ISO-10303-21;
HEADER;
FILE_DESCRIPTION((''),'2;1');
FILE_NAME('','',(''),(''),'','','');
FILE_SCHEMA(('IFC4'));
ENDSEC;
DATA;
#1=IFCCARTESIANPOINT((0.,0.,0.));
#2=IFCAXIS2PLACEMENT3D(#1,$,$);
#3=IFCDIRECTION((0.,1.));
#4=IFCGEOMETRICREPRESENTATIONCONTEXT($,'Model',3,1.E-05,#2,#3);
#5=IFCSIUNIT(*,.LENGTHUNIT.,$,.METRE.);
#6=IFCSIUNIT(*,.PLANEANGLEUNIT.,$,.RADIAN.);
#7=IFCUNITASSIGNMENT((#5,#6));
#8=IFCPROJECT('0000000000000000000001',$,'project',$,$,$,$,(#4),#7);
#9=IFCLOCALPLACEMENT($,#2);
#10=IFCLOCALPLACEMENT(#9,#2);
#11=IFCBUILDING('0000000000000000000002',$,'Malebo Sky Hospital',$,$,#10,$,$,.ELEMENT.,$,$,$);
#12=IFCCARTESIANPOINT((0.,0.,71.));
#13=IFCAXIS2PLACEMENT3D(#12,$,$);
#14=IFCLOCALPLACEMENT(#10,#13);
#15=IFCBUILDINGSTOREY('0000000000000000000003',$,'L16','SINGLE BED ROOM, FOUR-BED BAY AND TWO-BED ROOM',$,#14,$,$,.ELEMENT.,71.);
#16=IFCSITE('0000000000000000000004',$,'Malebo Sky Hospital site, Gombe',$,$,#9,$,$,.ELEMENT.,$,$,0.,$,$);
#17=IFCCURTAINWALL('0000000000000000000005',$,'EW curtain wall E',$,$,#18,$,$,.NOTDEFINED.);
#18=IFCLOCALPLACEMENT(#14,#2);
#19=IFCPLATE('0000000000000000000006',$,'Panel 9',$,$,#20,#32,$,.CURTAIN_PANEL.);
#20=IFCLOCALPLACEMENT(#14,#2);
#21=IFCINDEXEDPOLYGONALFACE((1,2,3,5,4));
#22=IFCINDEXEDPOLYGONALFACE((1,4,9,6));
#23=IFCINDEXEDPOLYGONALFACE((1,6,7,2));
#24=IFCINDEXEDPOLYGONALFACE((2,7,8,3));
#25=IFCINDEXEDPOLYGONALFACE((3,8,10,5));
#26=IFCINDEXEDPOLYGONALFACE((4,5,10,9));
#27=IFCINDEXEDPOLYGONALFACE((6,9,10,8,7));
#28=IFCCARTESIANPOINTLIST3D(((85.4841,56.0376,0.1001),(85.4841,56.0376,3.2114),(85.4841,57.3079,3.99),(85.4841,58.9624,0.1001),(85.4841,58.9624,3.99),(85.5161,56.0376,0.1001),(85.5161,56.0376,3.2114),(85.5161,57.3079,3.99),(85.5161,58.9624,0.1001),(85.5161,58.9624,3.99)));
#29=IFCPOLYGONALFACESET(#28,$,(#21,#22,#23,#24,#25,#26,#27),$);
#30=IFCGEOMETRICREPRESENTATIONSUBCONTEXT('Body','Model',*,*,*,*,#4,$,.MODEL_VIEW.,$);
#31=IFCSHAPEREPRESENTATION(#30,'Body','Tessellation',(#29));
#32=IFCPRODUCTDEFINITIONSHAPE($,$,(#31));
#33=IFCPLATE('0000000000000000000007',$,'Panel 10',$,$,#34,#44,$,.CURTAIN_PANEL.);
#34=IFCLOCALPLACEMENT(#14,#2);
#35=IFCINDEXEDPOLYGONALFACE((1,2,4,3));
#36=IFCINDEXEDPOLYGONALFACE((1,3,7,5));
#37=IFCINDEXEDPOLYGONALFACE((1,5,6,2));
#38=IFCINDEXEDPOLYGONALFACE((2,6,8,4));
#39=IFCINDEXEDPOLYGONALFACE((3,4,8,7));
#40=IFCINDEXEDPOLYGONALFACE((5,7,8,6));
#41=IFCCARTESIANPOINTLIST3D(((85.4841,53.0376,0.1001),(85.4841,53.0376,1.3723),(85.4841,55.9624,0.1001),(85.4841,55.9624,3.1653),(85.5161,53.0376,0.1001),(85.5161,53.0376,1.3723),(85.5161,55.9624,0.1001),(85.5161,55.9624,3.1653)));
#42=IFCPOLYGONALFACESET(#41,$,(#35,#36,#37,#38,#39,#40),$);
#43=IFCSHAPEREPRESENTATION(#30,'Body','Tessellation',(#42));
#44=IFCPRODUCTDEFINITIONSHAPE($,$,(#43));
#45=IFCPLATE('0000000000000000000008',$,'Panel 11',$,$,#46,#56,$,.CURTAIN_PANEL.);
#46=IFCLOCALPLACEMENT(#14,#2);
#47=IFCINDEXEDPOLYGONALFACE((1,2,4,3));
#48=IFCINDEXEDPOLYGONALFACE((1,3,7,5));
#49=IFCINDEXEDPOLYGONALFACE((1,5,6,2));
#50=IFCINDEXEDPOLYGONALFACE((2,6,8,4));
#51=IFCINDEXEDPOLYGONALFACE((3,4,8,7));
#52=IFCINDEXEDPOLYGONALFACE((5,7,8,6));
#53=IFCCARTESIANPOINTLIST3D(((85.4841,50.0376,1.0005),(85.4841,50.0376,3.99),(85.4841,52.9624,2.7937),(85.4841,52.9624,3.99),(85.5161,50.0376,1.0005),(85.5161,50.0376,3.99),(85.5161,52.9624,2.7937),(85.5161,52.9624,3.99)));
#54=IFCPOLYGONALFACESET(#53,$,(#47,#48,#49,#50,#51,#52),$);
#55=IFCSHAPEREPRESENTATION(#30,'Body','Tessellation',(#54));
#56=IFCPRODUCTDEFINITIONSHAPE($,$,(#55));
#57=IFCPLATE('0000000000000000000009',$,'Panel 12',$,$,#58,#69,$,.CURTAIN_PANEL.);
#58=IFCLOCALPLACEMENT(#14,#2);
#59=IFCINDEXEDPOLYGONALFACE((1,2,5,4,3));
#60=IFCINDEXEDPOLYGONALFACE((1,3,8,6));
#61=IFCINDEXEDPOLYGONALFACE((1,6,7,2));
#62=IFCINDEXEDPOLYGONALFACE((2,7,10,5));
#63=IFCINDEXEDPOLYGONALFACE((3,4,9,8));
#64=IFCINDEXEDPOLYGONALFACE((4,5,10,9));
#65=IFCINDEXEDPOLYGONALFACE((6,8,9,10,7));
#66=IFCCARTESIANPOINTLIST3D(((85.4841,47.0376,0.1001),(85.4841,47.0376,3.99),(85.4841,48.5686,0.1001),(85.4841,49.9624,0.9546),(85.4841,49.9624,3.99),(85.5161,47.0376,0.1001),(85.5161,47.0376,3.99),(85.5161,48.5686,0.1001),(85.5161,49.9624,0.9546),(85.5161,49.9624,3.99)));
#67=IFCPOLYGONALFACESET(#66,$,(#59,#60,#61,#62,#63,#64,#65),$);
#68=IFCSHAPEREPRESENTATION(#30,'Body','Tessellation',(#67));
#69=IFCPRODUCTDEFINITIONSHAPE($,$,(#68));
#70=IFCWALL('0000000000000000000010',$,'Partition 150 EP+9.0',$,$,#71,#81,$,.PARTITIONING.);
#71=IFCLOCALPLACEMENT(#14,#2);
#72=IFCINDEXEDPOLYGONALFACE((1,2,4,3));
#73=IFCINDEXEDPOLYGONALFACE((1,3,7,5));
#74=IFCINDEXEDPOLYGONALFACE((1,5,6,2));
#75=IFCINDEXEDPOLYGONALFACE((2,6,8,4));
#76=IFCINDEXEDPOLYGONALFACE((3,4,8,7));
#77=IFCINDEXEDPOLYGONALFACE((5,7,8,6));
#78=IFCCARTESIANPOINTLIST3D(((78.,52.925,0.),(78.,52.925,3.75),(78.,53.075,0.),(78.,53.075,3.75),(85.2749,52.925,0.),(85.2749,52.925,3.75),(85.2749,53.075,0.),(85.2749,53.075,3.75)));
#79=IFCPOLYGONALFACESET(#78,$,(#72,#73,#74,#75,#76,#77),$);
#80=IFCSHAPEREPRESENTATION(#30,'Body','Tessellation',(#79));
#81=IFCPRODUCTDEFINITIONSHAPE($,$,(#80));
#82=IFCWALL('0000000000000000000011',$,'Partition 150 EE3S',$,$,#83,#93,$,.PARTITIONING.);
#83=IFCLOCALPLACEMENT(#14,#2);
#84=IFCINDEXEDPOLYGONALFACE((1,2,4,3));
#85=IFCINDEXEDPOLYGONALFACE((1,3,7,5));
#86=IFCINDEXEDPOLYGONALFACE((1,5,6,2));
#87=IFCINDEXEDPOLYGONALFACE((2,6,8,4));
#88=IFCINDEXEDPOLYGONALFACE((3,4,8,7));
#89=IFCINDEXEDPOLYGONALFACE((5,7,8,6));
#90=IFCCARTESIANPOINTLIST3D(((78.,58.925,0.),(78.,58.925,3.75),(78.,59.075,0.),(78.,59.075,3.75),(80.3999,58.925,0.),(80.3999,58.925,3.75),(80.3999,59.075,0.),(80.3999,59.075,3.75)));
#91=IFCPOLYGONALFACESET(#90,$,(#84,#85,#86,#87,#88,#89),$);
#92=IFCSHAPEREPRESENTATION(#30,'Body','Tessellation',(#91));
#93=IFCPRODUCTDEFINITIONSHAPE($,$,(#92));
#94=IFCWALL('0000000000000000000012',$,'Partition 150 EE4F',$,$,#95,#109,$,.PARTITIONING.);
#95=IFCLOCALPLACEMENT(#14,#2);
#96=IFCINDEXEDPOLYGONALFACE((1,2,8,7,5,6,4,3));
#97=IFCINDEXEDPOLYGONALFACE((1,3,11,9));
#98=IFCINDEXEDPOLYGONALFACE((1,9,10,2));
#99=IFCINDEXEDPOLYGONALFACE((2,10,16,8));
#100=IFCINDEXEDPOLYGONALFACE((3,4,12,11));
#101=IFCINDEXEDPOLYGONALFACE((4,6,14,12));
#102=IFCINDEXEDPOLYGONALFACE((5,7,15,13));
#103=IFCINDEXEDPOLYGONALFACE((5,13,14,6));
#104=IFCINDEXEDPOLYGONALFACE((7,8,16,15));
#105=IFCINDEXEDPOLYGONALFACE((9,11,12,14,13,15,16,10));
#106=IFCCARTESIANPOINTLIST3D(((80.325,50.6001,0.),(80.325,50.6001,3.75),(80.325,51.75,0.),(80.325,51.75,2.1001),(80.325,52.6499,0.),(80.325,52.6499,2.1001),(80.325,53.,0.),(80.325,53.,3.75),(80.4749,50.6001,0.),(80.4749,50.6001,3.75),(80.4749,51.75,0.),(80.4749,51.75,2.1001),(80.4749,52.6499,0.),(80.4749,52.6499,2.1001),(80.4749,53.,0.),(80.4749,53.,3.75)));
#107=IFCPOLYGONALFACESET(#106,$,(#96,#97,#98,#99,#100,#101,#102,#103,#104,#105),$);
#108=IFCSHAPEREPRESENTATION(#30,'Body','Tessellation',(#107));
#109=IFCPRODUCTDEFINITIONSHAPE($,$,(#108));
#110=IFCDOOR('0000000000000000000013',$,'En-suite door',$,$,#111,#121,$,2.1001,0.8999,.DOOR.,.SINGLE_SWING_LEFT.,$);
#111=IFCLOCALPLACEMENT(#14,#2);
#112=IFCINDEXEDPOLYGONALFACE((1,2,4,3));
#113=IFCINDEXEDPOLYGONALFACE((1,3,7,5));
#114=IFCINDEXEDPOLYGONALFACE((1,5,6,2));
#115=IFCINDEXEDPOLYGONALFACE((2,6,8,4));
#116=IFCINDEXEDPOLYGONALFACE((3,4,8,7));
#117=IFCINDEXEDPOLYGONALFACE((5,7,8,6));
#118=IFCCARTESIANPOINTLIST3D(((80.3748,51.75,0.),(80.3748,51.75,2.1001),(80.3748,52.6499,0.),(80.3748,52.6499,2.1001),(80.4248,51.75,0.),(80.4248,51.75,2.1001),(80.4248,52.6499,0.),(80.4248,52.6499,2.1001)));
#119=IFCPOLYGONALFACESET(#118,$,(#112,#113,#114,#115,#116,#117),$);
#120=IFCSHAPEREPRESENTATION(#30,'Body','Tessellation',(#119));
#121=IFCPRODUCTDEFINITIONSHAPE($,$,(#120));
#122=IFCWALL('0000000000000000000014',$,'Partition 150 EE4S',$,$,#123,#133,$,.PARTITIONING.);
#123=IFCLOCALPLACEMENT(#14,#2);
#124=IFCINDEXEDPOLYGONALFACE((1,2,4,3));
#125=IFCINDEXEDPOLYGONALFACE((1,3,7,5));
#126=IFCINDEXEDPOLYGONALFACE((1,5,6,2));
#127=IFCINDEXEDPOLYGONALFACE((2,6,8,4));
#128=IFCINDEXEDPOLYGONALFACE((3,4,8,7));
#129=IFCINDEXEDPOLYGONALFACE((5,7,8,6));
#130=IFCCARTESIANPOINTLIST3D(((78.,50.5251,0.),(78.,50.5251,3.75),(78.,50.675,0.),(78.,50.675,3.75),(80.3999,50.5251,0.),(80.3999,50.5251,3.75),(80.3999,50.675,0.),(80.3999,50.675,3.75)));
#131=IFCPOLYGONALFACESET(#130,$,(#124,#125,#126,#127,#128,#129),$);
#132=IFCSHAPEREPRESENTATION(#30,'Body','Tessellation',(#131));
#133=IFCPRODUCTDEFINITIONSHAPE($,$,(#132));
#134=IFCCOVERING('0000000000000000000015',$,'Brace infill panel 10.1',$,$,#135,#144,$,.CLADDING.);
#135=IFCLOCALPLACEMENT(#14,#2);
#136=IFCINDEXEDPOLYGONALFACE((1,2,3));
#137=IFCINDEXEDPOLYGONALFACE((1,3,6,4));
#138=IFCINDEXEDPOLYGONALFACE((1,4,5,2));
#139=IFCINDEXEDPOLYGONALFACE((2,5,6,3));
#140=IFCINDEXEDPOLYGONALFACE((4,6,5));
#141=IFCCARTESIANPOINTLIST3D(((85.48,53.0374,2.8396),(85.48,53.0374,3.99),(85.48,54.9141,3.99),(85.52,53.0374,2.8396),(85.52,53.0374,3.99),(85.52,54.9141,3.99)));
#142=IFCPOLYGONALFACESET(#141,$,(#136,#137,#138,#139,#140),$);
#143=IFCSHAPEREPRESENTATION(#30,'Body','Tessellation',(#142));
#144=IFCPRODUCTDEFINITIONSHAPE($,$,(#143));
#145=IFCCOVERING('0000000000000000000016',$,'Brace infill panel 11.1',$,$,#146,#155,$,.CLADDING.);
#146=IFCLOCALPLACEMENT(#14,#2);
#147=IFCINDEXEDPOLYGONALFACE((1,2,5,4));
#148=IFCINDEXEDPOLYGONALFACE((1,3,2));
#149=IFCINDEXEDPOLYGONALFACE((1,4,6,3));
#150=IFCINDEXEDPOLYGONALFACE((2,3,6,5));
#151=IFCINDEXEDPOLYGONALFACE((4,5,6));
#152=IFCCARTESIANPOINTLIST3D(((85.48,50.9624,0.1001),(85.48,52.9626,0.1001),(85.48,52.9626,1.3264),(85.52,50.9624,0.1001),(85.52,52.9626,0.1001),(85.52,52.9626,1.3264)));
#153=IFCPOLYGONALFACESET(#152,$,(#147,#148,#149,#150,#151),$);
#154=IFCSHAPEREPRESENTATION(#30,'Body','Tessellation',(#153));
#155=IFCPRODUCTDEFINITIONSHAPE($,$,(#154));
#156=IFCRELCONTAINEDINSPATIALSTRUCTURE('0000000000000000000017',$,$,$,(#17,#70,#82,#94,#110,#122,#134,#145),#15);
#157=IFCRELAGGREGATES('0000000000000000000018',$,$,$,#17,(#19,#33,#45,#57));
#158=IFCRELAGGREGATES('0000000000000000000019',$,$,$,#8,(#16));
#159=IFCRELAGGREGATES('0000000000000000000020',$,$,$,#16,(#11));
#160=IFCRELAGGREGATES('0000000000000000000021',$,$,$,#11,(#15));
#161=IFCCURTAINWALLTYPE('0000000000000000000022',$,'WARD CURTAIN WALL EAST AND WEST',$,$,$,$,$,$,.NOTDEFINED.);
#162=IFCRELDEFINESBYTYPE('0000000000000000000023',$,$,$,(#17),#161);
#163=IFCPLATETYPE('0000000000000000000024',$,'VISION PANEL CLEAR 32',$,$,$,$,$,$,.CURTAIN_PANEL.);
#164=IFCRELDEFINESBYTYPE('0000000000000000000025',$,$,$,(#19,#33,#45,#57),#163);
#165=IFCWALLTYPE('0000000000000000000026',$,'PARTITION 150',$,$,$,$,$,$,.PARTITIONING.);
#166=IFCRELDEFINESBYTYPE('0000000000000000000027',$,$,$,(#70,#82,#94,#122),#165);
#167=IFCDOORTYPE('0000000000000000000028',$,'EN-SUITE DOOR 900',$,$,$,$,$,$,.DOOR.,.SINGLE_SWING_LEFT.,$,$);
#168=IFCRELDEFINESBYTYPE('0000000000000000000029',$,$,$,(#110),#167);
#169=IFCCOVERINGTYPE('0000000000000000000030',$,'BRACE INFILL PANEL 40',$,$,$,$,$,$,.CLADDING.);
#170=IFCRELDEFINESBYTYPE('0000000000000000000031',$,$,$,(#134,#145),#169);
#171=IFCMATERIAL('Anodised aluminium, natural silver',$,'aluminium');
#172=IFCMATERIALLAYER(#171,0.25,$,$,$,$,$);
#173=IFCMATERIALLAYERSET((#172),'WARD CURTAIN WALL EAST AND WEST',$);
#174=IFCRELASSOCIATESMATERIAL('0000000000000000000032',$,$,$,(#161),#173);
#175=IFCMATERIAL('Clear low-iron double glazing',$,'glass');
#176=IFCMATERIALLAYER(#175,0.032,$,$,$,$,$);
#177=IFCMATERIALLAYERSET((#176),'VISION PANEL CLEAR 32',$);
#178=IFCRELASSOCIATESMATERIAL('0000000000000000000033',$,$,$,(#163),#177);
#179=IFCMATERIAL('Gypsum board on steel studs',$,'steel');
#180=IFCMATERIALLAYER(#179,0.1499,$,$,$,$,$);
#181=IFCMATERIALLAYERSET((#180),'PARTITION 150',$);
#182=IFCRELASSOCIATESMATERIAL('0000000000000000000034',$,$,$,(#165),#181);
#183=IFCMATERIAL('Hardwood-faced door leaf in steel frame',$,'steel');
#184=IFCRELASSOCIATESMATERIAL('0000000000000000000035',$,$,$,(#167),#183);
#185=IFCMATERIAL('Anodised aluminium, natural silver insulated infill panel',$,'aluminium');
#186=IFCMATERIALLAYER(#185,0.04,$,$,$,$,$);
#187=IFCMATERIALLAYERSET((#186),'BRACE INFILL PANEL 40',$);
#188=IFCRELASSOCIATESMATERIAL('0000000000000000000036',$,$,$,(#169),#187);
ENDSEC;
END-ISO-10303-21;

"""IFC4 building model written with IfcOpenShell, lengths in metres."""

from ifc_helpers import new_model, si_unit, direction, frame, frame_2d, origin, place, context, subcontext, project, spatial, polyline, rectangle, outline, extrude, material, layer, layer_set, type_object, element, fill, aggregate, save


model = new_model("IFC4")

# Units and contexts
model_context = context("Model", 3, precision=1e-05, world=origin(), true_north=direction((0.0, 1.0)))
body_context = subcontext(model_context, "Body", "Model", "MODEL_VIEW")
ifc_project = project(units=[si_unit("LENGTHUNIT", "METRE"), si_unit("PLANEANGLEUNIT", "RADIAN")], contexts=[model_context])

# Site, building, storey
site_placement = place(None, origin())
site = spatial("IfcSite", under=ifc_project, at=site_placement, Name="Malebo Sky Hospital site, Gombe", CompositionType="ELEMENT", RefElevation=0.0)
building_placement = place(site_placement, origin())
building = spatial("IfcBuilding", under=site, at=building_placement, Name="Malebo Sky Hospital", CompositionType="ELEMENT")
storey_placement = place(building_placement, frame((0.0, 0.0, 71.0)))
storey = spatial("IfcBuildingStorey", under=building, at=storey_placement, Name="L16", Description="SINGLE BED ROOM, FOUR-BED BAY AND TWO-BED ROOM", CompositionType="ELEMENT", Elevation=71.0)

# Curtain wall
ifc_material_1 = material(Name="Anodised aluminium, natural silver", Category="aluminium")
ifc_layer_1 = layer(ifc_material_1, 0.25)
ifc_layer_set_1 = layer_set([ifc_layer_1], Name="WARD CURTAIN WALL EAST AND WEST")
curtain_wall_type = type_object("IfcCurtainWallType", Name="WARD CURTAIN WALL EAST AND WEST", PredefinedType="NOTDEFINED", material=ifc_layer_set_1)
curtain_wall_placement = place(storey_placement, origin())
curtain_wall = element("IfcCurtainWall", 1, at=curtain_wall_placement, inside=storey, type_object=curtain_wall_type, Name="EW curtain wall E", PredefinedType="NOTDEFINED")

# Plates
ifc_material_2 = material(Name="Clear low-iron double glazing", Category="glass")
ifc_layer_2 = layer(ifc_material_2, 0.032)
ifc_layer_set_2 = layer_set([ifc_layer_2], Name="VISION PANEL CLEAR 32")
plate_type = type_object("IfcPlateType", Name="VISION PANEL CLEAR 32", PredefinedType="CURTAIN_PANEL", material=ifc_layer_set_2)
plate_1_placement = place(storey_placement, frame((85.5, 57.5, 0.1001), z_axis=(0.0, 0.0, 1.0), x_axis=(0.0, -1.0, 0.0)))
plate_1 = element("IfcPlate", 2, at=plate_1_placement, type_object=plate_type, Name="Panel 9", PredefinedType="CURTAIN_PANEL", context=body_context, shape_type="SweptSolid", body=[
    extrude(outline(polyline([(-1.4624, 0.0), (1.4624, 0.0), (1.4624, 3.1113), (0.1921, 3.8899), (-1.4624, 3.8899), (-1.4624, 0.0)])), frame((0.0, 0.0161, 0.0), z_axis=(0.0, -1.0, 0.0), x_axis=(1.0, 0.0, 0.0)), (0.0, 0.0, 1.0), 0.032),
])
plate_2_placement = place(storey_placement, frame((85.5, 54.5, 0.1001), z_axis=(0.0, 0.0, 1.0), x_axis=(0.0, -1.0, 0.0)))
plate_2 = element("IfcPlate", 3, at=plate_2_placement, type_object=plate_type, Name="Panel 10", PredefinedType="CURTAIN_PANEL", context=body_context, shape_type="SweptSolid", body=[
    extrude(outline(polyline([(-1.4624, 0.0), (1.4624, 0.0), (1.4624, 1.2722), (-1.4624, 3.0652), (-1.4624, 0.0)])), frame((0.0, 0.0161, 0.0), z_axis=(0.0, -1.0, 0.0), x_axis=(1.0, 0.0, 0.0)), (0.0, 0.0, 1.0), 0.032),
])
plate_3_placement = place(storey_placement, frame((85.5, 51.5, 1.0005), z_axis=(0.0, 0.0, 1.0), x_axis=(0.0, -1.0, 0.0)))
plate_3 = element("IfcPlate", 4, at=plate_3_placement, type_object=plate_type, Name="Panel 11", PredefinedType="CURTAIN_PANEL", context=body_context, shape_type="SweptSolid", body=[
    extrude(outline(polyline([(1.4624, 0.0), (1.4624, 2.9895), (-1.4624, 2.9895), (-1.4624, 1.7932), (1.4624, 0.0)])), frame((0.0, 0.0161, 0.0), z_axis=(0.0, -1.0, 0.0), x_axis=(1.0, 0.0, 0.0)), (0.0, 0.0, 1.0), 0.032),
])
plate_4_placement = place(storey_placement, frame((85.5, 48.5, 0.1001), z_axis=(0.0, 0.0, 1.0), x_axis=(0.0, -1.0, 0.0)))
plate_4 = element("IfcPlate", 5, at=plate_4_placement, type_object=plate_type, Name="Panel 12", PredefinedType="CURTAIN_PANEL", context=body_context, shape_type="SweptSolid", body=[
    extrude(outline(polyline([(-0.0686, 0.0), (1.4624, 0.0), (1.4624, 3.8899), (-1.4624, 3.8899), (-1.4624, 0.8545), (-0.0686, 0.0)])), frame((0.0, 0.0161, 0.0), z_axis=(0.0, -1.0, 0.0), x_axis=(1.0, 0.0, 0.0)), (0.0, 0.0, 1.0), 0.032),
])
aggregate(curtain_wall, [plate_1, plate_2, plate_3, plate_4])

# Walls
ifc_material_3 = material(Name="Gypsum board on steel studs", Category="steel")
ifc_layer_3 = layer(ifc_material_3, 0.1499)
ifc_layer_set_3 = layer_set([ifc_layer_3], Name="PARTITION 150")
wall_type = type_object("IfcWallType", Name="PARTITION 150", PredefinedType="PARTITIONING", material=ifc_layer_set_3)
wall_1_placement = place(storey_placement, frame((78.0, 53.0, 0.0), z_axis=(0.0, 0.0, 1.0), x_axis=(1.0, 0.0, 0.0)))
element("IfcWall", 6, at=wall_1_placement, inside=storey, type_object=wall_type, Name="Partition 150 EP+9.0", PredefinedType="PARTITIONING", context=body_context, shape_type="SweptSolid", body=[
    extrude(rectangle(XDim=7.2749, YDim=0.1499, at=frame_2d((3.6375, 0.0))), origin(), (0.0, 0.0, 1.0), 3.75),
])
wall_2_placement = place(storey_placement, frame((78.0, 59.0, 0.0), z_axis=(0.0, 0.0, 1.0), x_axis=(1.0, 0.0, 0.0)))
element("IfcWall", 7, at=wall_2_placement, inside=storey, type_object=wall_type, Name="Partition 150 EE3S", PredefinedType="PARTITIONING", context=body_context, shape_type="SweptSolid", body=[
    extrude(rectangle(XDim=2.3999, YDim=0.1499, at=frame_2d((1.2, 0.0))), origin(), (0.0, 0.0, 1.0), 3.75),
])

# Wall, opening, door
wall_3_placement = place(storey_placement, frame((80.3999, 53.0, 0.0), z_axis=(0.0, 0.0, 1.0), x_axis=(0.0, -1.0, 0.0)))
wall_3 = element("IfcWall", 8, at=wall_3_placement, inside=storey, type_object=wall_type, Name="Partition 150 EE4F", PredefinedType="PARTITIONING", context=body_context, shape_type="SweptSolid", body=[
    extrude(rectangle(XDim=2.3999, YDim=0.1499, at=frame_2d((1.2, 0.0))), origin(), (0.0, 0.0, 1.0), 3.75),
])
opening_placement = place(wall_3_placement, frame((0.3501, 0.0, 0.0)))
opening = element("IfcOpeningElement", 9, at=opening_placement, cuts=wall_3, PredefinedType="OPENING", context=body_context, shape_type="SweptSolid", body=[
    extrude(rectangle(XDim=0.8999, YDim=2.1001, at=frame_2d((0.45, 1.05))), frame((0.0, 0.085, 0.0), z_axis=(0.0, -1.0, 0.0), x_axis=(1.0, 0.0, 0.0)), (0.0, 0.0, 1.0), 0.1699),
])
ifc_material_4 = material(Name="Hardwood-faced door leaf in steel frame", Category="steel")
door_type = type_object("IfcDoorType", Name="EN-SUITE DOOR 900", OperationType="SINGLE_SWING_LEFT", PredefinedType="DOOR", material=ifc_material_4)
door_placement = place(opening_placement, origin())
door = element("IfcDoor", 10, at=door_placement, inside=storey, type_object=door_type, Name="En-suite door", OperationType="SINGLE_SWING_LEFT", OverallHeight=2.1001, OverallWidth=0.8999, PredefinedType="DOOR", context=body_context, shape_type="SweptSolid", body=[
    extrude(rectangle(XDim=0.8999, YDim=2.1001, at=frame_2d((0.45, 1.05))), frame((0.0, 0.0249, 0.0), z_axis=(0.0, -1.0, 0.0), x_axis=(1.0, 0.0, 0.0)), (0.0, 0.0, 1.0), 0.05),
])
fill(opening, door)

# Wall
wall_4_placement = place(storey_placement, frame((78.0, 50.6001, 0.0), z_axis=(0.0, 0.0, 1.0), x_axis=(1.0, 0.0, 0.0)))
element("IfcWall", 11, at=wall_4_placement, inside=storey, type_object=wall_type, Name="Partition 150 EE4S", PredefinedType="PARTITIONING", context=body_context, shape_type="SweptSolid", body=[
    extrude(rectangle(XDim=2.3999, YDim=0.1499, at=frame_2d((1.2, 0.0))), origin(), (0.0, 0.0, 1.0), 3.75),
])

# Coverings
ifc_material_5 = material(Name="Anodised aluminium, natural silver insulated infill panel", Category="aluminium")
ifc_layer_4 = layer(ifc_material_5, 0.04)
ifc_layer_set_4 = layer_set([ifc_layer_4], Name="BRACE INFILL PANEL 40")
covering_type = type_object("IfcCoveringType", Name="BRACE INFILL PANEL 40", PredefinedType="CLADDING", material=ifc_layer_set_4)
covering_1_placement = place(storey_placement, frame((85.5, 53.9758, 2.8396), z_axis=(0.0, 0.0, 1.0), x_axis=(0.0, -1.0, 0.0)))
element("IfcCovering", 12, at=covering_1_placement, inside=storey, type_object=covering_type, Name="Brace infill panel 10.1", PredefinedType="CLADDING", context=body_context, shape_type="SweptSolid", body=[
    extrude(outline(polyline([(0.9385, 0.0), (0.9385, 1.1504), (-0.9382, 1.1504), (0.9385, 0.0)])), frame((0.0, 0.02, 0.0), z_axis=(0.0, -1.0, 0.0), x_axis=(1.0, 0.0, 0.0)), (0.0, 0.0, 1.0), 0.04),
])
covering_2_placement = place(storey_placement, frame((85.5, 51.9624, 0.1001), z_axis=(0.0, 0.0, 1.0), x_axis=(0.0, -1.0, 0.0)))
element("IfcCovering", 13, at=covering_2_placement, inside=storey, type_object=covering_type, Name="Brace infill panel 11.1", PredefinedType="CLADDING", context=body_context, shape_type="SweptSolid", body=[
    extrude(outline(polyline([(-1.0002, 0.0), (1.0, 0.0), (-1.0002, 1.2263), (-1.0002, 0.0)])), frame((0.0, 0.02, 0.0), z_axis=(0.0, -1.0, 0.0), x_axis=(1.0, 0.0, 0.0)), (0.0, 0.0, 1.0), 0.04),
])

save(model, "model.ifc")
